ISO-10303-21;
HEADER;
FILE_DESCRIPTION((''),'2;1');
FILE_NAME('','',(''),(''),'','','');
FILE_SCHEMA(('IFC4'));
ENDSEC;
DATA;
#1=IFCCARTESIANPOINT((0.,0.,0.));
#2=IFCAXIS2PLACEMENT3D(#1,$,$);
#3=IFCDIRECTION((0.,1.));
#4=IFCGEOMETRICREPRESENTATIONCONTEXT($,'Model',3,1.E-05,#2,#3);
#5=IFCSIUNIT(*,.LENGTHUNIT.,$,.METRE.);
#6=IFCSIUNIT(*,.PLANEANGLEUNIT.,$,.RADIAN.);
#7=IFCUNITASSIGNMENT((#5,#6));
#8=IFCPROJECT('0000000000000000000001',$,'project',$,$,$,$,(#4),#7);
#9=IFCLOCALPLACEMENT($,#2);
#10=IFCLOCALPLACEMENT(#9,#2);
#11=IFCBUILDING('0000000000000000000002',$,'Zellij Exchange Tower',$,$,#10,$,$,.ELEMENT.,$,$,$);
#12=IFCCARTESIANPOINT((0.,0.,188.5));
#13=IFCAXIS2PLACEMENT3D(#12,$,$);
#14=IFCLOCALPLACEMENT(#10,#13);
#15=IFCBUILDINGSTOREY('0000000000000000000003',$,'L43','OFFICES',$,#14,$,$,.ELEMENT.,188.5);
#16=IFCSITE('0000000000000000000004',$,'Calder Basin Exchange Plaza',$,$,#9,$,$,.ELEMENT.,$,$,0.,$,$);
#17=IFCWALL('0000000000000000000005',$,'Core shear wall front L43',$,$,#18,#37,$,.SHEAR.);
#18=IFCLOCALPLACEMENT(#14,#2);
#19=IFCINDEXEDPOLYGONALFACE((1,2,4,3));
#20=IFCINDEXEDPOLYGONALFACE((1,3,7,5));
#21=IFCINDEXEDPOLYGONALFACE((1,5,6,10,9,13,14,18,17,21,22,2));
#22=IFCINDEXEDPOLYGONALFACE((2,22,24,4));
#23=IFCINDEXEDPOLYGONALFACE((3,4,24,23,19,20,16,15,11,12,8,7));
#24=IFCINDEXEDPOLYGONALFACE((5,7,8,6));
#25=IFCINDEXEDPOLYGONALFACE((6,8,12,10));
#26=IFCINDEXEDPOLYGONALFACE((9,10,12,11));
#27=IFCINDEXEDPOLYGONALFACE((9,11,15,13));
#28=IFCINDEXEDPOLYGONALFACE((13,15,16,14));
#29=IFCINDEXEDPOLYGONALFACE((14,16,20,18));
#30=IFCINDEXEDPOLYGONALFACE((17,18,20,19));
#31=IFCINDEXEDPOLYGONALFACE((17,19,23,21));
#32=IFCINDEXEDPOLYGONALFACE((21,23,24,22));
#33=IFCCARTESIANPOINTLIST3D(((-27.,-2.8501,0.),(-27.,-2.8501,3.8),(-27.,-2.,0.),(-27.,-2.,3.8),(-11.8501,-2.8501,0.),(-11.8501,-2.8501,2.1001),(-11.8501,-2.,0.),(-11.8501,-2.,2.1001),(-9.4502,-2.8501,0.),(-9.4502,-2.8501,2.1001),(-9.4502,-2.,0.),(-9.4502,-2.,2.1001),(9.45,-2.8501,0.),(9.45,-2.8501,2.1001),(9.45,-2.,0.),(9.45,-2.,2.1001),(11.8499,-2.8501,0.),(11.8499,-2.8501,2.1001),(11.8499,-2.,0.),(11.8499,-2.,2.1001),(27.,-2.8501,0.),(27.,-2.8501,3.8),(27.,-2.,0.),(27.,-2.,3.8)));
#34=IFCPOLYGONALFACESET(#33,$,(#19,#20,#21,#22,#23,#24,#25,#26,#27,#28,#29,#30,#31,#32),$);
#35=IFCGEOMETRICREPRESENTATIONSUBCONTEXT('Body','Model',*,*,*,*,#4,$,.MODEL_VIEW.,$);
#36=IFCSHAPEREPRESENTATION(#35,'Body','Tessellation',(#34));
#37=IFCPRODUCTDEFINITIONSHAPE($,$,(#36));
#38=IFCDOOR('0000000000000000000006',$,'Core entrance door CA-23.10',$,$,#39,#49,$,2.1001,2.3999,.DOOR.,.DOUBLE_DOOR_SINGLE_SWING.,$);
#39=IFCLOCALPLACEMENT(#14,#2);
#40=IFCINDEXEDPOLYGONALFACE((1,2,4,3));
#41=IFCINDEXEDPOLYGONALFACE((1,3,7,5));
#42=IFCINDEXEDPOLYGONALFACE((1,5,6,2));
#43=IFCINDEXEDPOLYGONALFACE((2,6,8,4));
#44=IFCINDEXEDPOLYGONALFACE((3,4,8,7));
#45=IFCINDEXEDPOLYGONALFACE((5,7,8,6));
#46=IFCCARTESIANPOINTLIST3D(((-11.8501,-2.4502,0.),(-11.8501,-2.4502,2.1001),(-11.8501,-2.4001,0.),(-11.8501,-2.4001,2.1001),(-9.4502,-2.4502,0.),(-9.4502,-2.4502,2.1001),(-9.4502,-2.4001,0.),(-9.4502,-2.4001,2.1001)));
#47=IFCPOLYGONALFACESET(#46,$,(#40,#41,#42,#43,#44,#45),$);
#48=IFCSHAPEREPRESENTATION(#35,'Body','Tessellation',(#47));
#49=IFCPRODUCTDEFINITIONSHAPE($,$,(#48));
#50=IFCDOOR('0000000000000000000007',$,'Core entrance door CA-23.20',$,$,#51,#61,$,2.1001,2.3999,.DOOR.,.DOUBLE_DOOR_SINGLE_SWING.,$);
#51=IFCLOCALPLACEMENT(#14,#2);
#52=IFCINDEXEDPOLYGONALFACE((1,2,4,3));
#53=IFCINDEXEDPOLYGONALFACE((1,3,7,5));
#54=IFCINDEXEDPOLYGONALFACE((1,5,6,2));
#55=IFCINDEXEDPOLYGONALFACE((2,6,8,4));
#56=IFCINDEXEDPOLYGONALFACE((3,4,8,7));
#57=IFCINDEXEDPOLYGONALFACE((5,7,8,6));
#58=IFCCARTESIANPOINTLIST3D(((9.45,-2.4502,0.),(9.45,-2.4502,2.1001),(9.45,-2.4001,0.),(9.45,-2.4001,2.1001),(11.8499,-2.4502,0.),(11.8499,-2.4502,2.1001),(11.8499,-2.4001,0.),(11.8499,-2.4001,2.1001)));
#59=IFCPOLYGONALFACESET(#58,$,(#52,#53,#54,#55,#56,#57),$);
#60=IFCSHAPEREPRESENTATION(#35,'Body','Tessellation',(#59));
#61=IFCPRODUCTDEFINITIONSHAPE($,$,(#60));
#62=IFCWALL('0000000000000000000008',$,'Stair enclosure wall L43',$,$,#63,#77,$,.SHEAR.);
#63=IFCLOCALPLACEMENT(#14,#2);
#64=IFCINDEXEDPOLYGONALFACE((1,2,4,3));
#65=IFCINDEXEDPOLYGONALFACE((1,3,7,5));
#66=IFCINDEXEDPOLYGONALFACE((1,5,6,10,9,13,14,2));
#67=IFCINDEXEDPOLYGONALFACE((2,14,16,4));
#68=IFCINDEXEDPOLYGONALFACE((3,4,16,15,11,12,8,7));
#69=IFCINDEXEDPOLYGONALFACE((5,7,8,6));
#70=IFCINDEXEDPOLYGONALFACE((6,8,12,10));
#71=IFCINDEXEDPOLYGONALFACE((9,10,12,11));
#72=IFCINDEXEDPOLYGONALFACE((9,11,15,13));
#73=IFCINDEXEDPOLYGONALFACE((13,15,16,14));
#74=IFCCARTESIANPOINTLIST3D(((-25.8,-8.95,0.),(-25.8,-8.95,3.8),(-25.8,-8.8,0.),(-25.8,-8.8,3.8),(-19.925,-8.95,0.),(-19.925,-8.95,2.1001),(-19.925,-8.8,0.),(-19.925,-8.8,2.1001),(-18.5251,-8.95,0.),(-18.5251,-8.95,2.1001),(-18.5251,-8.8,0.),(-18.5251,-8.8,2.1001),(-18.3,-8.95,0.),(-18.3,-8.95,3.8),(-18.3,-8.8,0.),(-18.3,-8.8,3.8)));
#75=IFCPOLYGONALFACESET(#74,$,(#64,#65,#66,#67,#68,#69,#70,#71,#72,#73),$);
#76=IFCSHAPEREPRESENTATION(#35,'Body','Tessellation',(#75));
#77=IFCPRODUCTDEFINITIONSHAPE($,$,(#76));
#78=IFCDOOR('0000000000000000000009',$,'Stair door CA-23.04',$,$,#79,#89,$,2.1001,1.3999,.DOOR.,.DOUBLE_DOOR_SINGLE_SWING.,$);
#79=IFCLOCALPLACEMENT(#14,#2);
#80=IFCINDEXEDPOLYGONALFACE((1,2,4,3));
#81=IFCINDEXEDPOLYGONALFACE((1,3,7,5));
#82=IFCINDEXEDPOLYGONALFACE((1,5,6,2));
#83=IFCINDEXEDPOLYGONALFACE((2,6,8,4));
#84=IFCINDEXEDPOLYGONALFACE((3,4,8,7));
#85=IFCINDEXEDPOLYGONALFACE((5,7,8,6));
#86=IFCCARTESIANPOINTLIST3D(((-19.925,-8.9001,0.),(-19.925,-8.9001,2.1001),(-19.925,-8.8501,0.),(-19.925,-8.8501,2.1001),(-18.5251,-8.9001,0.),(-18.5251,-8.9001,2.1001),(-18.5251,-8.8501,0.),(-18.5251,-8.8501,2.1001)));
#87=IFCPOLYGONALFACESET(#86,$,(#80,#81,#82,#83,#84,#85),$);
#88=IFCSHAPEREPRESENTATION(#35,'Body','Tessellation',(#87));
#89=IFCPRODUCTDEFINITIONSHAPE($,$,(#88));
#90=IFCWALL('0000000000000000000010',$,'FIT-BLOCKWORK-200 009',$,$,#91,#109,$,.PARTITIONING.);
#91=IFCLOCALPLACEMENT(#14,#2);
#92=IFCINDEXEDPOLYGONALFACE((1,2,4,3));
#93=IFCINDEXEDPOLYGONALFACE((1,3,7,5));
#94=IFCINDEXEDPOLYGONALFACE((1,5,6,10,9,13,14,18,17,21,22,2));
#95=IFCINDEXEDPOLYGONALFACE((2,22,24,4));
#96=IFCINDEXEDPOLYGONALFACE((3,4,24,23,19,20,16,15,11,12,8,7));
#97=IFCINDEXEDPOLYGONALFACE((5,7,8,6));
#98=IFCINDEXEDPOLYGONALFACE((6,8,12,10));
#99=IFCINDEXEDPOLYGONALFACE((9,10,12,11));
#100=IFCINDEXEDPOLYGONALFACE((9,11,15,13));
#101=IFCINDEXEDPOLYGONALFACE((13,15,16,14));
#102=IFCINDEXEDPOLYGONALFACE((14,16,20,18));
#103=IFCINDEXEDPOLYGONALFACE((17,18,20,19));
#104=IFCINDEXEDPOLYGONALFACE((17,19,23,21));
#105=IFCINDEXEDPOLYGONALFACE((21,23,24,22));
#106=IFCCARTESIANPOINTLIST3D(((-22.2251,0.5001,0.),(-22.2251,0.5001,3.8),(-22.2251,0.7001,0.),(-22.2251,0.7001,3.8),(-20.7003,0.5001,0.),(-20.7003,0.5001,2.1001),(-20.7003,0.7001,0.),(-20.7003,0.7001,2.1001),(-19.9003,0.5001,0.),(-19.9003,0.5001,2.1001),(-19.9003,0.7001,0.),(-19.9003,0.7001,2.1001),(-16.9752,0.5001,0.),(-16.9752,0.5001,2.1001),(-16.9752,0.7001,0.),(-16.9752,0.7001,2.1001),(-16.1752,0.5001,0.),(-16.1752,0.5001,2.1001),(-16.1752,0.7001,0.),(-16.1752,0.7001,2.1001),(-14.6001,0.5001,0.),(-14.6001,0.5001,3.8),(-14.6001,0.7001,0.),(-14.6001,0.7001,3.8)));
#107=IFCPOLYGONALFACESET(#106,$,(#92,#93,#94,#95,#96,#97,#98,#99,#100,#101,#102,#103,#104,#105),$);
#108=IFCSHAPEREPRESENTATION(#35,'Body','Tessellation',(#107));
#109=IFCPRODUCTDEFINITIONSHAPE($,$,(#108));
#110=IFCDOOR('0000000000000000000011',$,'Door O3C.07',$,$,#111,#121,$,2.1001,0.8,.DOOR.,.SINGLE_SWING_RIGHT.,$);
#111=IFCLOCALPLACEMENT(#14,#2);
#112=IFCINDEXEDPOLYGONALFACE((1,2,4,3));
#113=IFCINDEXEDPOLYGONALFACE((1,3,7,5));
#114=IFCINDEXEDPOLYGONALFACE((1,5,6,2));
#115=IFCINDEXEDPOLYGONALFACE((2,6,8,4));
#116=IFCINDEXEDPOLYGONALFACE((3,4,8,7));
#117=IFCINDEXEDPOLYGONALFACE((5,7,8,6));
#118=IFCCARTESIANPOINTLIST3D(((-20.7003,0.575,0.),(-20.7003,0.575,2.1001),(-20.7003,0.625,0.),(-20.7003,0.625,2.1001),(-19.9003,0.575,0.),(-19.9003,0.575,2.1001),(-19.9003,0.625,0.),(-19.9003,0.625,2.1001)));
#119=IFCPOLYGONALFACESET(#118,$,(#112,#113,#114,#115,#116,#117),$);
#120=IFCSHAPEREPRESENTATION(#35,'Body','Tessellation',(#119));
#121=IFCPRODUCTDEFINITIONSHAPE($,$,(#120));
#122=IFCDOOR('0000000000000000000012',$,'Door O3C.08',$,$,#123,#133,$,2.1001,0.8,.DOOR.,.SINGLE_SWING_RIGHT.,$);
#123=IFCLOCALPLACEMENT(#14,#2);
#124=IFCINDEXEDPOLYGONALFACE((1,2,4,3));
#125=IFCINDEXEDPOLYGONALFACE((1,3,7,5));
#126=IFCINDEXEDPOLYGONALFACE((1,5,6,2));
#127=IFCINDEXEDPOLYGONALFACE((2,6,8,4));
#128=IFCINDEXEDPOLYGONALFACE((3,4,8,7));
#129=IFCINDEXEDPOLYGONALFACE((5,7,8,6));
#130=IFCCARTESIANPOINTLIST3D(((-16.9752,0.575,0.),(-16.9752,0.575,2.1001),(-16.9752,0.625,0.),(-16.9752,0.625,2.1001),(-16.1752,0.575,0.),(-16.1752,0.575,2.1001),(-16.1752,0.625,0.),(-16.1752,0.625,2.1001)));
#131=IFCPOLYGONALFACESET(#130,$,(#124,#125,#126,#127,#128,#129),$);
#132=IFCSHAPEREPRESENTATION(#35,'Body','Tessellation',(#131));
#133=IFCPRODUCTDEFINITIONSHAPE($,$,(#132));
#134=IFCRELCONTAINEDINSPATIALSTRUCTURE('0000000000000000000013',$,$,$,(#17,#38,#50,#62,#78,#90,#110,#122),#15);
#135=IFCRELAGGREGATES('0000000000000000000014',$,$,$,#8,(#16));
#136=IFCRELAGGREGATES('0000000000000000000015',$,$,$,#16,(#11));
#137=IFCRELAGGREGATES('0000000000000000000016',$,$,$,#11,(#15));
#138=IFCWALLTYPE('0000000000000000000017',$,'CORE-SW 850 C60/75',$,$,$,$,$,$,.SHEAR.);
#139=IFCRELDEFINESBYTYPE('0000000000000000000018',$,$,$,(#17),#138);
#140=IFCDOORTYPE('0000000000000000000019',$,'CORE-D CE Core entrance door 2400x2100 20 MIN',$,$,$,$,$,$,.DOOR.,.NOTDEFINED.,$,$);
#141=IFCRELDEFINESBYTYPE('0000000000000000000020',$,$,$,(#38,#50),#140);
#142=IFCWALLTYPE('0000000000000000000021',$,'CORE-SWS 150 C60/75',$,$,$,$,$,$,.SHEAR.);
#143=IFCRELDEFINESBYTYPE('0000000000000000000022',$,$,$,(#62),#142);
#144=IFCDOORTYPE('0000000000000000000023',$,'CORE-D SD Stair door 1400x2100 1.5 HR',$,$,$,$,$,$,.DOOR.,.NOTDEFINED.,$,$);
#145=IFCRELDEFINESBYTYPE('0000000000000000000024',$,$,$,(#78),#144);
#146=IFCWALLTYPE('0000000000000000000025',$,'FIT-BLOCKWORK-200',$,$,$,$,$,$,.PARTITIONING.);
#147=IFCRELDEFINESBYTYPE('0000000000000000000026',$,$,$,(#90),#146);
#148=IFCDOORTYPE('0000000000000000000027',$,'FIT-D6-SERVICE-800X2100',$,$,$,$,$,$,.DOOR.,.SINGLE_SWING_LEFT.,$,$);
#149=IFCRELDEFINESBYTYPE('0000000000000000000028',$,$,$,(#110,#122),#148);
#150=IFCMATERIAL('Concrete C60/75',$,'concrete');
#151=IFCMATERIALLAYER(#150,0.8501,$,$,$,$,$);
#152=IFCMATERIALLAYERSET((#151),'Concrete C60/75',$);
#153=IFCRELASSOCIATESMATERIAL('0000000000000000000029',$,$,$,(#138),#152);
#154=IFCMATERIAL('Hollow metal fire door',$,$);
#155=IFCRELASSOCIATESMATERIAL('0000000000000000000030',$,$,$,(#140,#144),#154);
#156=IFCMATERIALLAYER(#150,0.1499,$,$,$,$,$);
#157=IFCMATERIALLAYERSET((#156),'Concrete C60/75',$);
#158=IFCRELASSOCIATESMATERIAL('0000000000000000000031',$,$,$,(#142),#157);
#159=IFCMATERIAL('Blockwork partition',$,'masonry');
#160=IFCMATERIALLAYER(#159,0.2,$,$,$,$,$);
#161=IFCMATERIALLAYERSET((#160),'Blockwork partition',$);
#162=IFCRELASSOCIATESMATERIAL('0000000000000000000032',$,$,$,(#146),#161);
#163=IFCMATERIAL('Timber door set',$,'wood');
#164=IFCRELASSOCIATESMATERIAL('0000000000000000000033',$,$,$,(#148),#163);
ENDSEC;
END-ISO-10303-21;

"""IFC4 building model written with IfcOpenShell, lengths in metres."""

from ifc_helpers import new_model, si_unit, direction, frame, frame_2d, origin, place, context, subcontext, project, spatial, rectangle, extrude, material, layer, layer_set, type_object, element, fill, save


model = new_model("IFC4")

# Units and contexts
model_context = context("Model", 3, precision=1e-05, world=origin(), true_north=direction((0.0, 1.0)))
body_context = subcontext(model_context, "Body", "Model", "MODEL_VIEW")
ifc_project = project(units=[si_unit("LENGTHUNIT", "METRE"), si_unit("PLANEANGLEUNIT", "RADIAN")], contexts=[model_context])

# Site, building, storey
site_placement = place(None, origin())
site = spatial("IfcSite", under=ifc_project, at=site_placement, Name="Calder Basin Exchange Plaza", CompositionType="ELEMENT", RefElevation=0.0)
building_placement = place(site_placement, origin())
building = spatial("IfcBuilding", under=site, at=building_placement, Name="Zellij Exchange Tower", CompositionType="ELEMENT")
storey_placement = place(building_placement, frame((0.0, 0.0, 188.5)))
storey = spatial("IfcBuildingStorey", under=building, at=storey_placement, Name="L43", Description="OFFICES", CompositionType="ELEMENT", Elevation=188.5)

# Wall, openings, doors
ifc_material_1 = material(Name="Hollow metal fire door")
ifc_material_2 = material(Name="Concrete C60/75", Category="concrete")
ifc_layer_1 = layer(ifc_material_2, 0.8501)
ifc_layer_set_1 = layer_set([ifc_layer_1], Name="Concrete C60/75")
wall_type_1 = type_object("IfcWallType", Name="CORE-SW 850 C60/75", PredefinedType="SHEAR", material=ifc_layer_set_1)
wall_1_placement = place(storey_placement, frame((-27.0, -2.425, 0.0), z_axis=(0.0, 0.0, 1.0), x_axis=(1.0, 0.0, 0.0)))
wall_1 = element("IfcWall", 1, at=wall_1_placement, inside=storey, type_object=wall_type_1, Name="Core shear wall front L43", PredefinedType="SHEAR", context=body_context, shape_type="SweptSolid", body=[
    extrude(rectangle(XDim=54.0, YDim=0.8501, at=frame_2d((27.0, 0.0))), origin(), (0.0, 0.0, 1.0), 3.8),
])
opening_1_placement = place(wall_1_placement, frame((15.1499, 0.0, 0.0)))
opening_1 = element("IfcOpeningElement", 2, at=opening_1_placement, cuts=wall_1, PredefinedType="OPENING", context=body_context, shape_type="SweptSolid", body=[
    extrude(rectangle(XDim=2.3999, YDim=2.1001, at=frame_2d((1.2, 1.05))), frame((0.0, 0.437, 0.0), z_axis=(0.0, -1.0, 0.0), x_axis=(1.0, 0.0, 0.0)), (0.0, 0.0, 1.0), 0.874),
])
opening_2_placement = place(wall_1_placement, frame((36.45, 0.0, 0.0)))
opening_2 = element("IfcOpeningElement", 3, at=opening_2_placement, cuts=wall_1, PredefinedType="OPENING", context=body_context, shape_type="SweptSolid", body=[
    extrude(rectangle(XDim=2.3999, YDim=2.1001, at=frame_2d((1.2, 1.05))), frame((0.0, 0.437, 0.0), z_axis=(0.0, -1.0, 0.0), x_axis=(1.0, 0.0, 0.0)), (0.0, 0.0, 1.0), 0.874),
])
door_type_1 = type_object("IfcDoorType", Name="CORE-D CE Core entrance door 2400x2100 20 MIN", OperationType="NOTDEFINED", PredefinedType="DOOR", material=ifc_material_1)
door_1_placement = place(opening_1_placement, origin())
door_1 = element("IfcDoor", 4, at=door_1_placement, inside=storey, type_object=door_type_1, Name="Core entrance door CA-23.10", OperationType="DOUBLE_DOOR_SINGLE_SWING", OverallHeight=2.1001, OverallWidth=2.3999, PredefinedType="DOOR", context=body_context, shape_type="SweptSolid", body=[
    extrude(rectangle(XDim=2.3999, YDim=2.1001, at=frame_2d((1.2, 1.05))), frame((0.0, 0.0249, 0.0), z_axis=(0.0, -1.0, 0.0), x_axis=(1.0, 0.0, 0.0)), (0.0, 0.0, 1.0), 0.05),
])
fill(opening_1, door_1)
door_2_placement = place(opening_2_placement, origin())
door_2 = element("IfcDoor", 5, at=door_2_placement, inside=storey, type_object=door_type_1, Name="Core entrance door CA-23.20", OperationType="DOUBLE_DOOR_SINGLE_SWING", OverallHeight=2.1001, OverallWidth=2.3999, PredefinedType="DOOR", context=body_context, shape_type="SweptSolid", body=[
    extrude(rectangle(XDim=2.3999, YDim=2.1001, at=frame_2d((1.2, 1.05))), frame((0.0, 0.0249, 0.0), z_axis=(0.0, -1.0, 0.0), x_axis=(1.0, 0.0, 0.0)), (0.0, 0.0, 1.0), 0.05),
])
fill(opening_2, door_2)

# Wall, opening, door
ifc_layer_2 = layer(ifc_material_2, 0.1499)
ifc_layer_set_2 = layer_set([ifc_layer_2], Name="Concrete C60/75")
wall_type_2 = type_object("IfcWallType", Name="CORE-SWS 150 C60/75", PredefinedType="SHEAR", material=ifc_layer_set_2)
wall_2_placement = place(storey_placement, frame((-25.8, -8.875, 0.0), z_axis=(0.0, 0.0, 1.0), x_axis=(1.0, 0.0, 0.0)))
wall_2 = element("IfcWall", 6, at=wall_2_placement, inside=storey, type_object=wall_type_2, Name="Stair enclosure wall L43", PredefinedType="SHEAR", context=body_context, shape_type="SweptSolid", body=[
    extrude(rectangle(XDim=7.5, YDim=0.1499, at=frame_2d((3.75, 0.0))), origin(), (0.0, 0.0, 1.0), 3.8),
])
opening_3_placement = place(wall_2_placement, frame((5.875, 0.0, 0.0)))
opening_3 = element("IfcOpeningElement", 7, at=opening_3_placement, cuts=wall_2, PredefinedType="OPENING", context=body_context, shape_type="SweptSolid", body=[
    extrude(rectangle(XDim=1.3999, YDim=2.1001, at=frame_2d((0.7, 1.05))), frame((0.0, 0.0869, 0.0), z_axis=(0.0, -1.0, 0.0), x_axis=(1.0, 0.0, 0.0)), (0.0, 0.0, 1.0), 0.1738),
])
door_type_2 = type_object("IfcDoorType", Name="CORE-D SD Stair door 1400x2100 1.5 HR", OperationType="NOTDEFINED", PredefinedType="DOOR", material=ifc_material_1)
door_3_placement = place(opening_3_placement, origin())
door_3 = element("IfcDoor", 8, at=door_3_placement, inside=storey, type_object=door_type_2, Name="Stair door CA-23.04", OperationType="DOUBLE_DOOR_SINGLE_SWING", OverallHeight=2.1001, OverallWidth=1.3999, PredefinedType="DOOR", context=body_context, shape_type="SweptSolid", body=[
    extrude(rectangle(XDim=1.3999, YDim=2.1001, at=frame_2d((0.7, 1.05))), frame((0.0, 0.0249, 0.0), z_axis=(0.0, -1.0, 0.0), x_axis=(1.0, 0.0, 0.0)), (0.0, 0.0, 1.0), 0.05),
])
fill(opening_3, door_3)

# Wall, openings, doors
ifc_material_3 = material(Name="Blockwork partition", Category="masonry")
ifc_layer_3 = layer(ifc_material_3, 0.2)
ifc_layer_set_3 = layer_set([ifc_layer_3], Name="Blockwork partition")
wall_type_3 = type_object("IfcWallType", Name="FIT-BLOCKWORK-200", PredefinedType="PARTITIONING", material=ifc_layer_set_3)
wall_3_placement = place(storey_placement, frame((-22.2251, 0.6001, 0.0), z_axis=(0.0, 0.0, 1.0), x_axis=(1.0, 0.0, 0.0)))
wall_3 = element("IfcWall", 9, at=wall_3_placement, inside=storey, type_object=wall_type_3, Name="FIT-BLOCKWORK-200 009", PredefinedType="PARTITIONING", context=body_context, shape_type="SweptSolid", body=[
    extrude(rectangle(XDim=7.625, YDim=0.2, at=frame_2d((3.8125, 0.0))), origin(), (0.0, 0.0, 1.0), 3.8),
])
opening_4_placement = place(wall_3_placement, frame((1.5249, 0.0, 0.0)))
opening_4 = element("IfcOpeningElement", 10, at=opening_4_placement, cuts=wall_3, PredefinedType="OPENING", context=body_context, shape_type="SweptSolid", body=[
    extrude(rectangle(XDim=0.8, YDim=2.1001, at=frame_2d((0.3999, 1.05))), frame((0.0, 0.1118, 0.0), z_axis=(0.0, -1.0, 0.0), x_axis=(1.0, 0.0, 0.0)), (0.0, 0.0, 1.0), 0.2239),
])
opening_5_placement = place(wall_3_placement, frame((5.25, 0.0, 0.0)))
opening_5 = element("IfcOpeningElement", 11, at=opening_5_placement, cuts=wall_3, PredefinedType="OPENING", context=body_context, shape_type="SweptSolid", body=[
    extrude(rectangle(XDim=0.8, YDim=2.1001, at=frame_2d((0.3999, 1.05))), frame((0.0, 0.1118, 0.0), z_axis=(0.0, -1.0, 0.0), x_axis=(1.0, 0.0, 0.0)), (0.0, 0.0, 1.0), 0.2239),
])
ifc_material_4 = material(Name="Timber door set", Category="wood")
door_type_3 = type_object("IfcDoorType", Name="FIT-D6-SERVICE-800X2100", OperationType="SINGLE_SWING_LEFT", PredefinedType="DOOR", material=ifc_material_4)
door_4_placement = place(opening_4_placement, origin())
door_4 = element("IfcDoor", 12, at=door_4_placement, inside=storey, type_object=door_type_3, Name="Door O3C.07", OperationType="SINGLE_SWING_RIGHT", OverallHeight=2.1001, OverallWidth=0.8, PredefinedType="DOOR", context=body_context, shape_type="SweptSolid", body=[
    extrude(rectangle(XDim=0.8, YDim=2.1001, at=frame_2d((0.3999, 1.05))), frame((0.0, 0.0249, 0.0), z_axis=(0.0, -1.0, 0.0), x_axis=(1.0, 0.0, 0.0)), (0.0, 0.0, 1.0), 0.05),
])
fill(opening_4, door_4)
door_5_placement = place(opening_5_placement, origin())
door_5 = element("IfcDoor", 13, at=door_5_placement, inside=storey, type_object=door_type_3, Name="Door O3C.08", OperationType="SINGLE_SWING_RIGHT", OverallHeight=2.1001, OverallWidth=0.8, PredefinedType="DOOR", context=body_context, shape_type="SweptSolid", body=[
    extrude(rectangle(XDim=0.8, YDim=2.1001, at=frame_2d((0.3999, 1.05))), frame((0.0, 0.0249, 0.0), z_axis=(0.0, -1.0, 0.0), x_axis=(1.0, 0.0, 0.0)), (0.0, 0.0, 1.0), 0.05),
])
fill(opening_5, door_5)

save(model, "model.ifc")
